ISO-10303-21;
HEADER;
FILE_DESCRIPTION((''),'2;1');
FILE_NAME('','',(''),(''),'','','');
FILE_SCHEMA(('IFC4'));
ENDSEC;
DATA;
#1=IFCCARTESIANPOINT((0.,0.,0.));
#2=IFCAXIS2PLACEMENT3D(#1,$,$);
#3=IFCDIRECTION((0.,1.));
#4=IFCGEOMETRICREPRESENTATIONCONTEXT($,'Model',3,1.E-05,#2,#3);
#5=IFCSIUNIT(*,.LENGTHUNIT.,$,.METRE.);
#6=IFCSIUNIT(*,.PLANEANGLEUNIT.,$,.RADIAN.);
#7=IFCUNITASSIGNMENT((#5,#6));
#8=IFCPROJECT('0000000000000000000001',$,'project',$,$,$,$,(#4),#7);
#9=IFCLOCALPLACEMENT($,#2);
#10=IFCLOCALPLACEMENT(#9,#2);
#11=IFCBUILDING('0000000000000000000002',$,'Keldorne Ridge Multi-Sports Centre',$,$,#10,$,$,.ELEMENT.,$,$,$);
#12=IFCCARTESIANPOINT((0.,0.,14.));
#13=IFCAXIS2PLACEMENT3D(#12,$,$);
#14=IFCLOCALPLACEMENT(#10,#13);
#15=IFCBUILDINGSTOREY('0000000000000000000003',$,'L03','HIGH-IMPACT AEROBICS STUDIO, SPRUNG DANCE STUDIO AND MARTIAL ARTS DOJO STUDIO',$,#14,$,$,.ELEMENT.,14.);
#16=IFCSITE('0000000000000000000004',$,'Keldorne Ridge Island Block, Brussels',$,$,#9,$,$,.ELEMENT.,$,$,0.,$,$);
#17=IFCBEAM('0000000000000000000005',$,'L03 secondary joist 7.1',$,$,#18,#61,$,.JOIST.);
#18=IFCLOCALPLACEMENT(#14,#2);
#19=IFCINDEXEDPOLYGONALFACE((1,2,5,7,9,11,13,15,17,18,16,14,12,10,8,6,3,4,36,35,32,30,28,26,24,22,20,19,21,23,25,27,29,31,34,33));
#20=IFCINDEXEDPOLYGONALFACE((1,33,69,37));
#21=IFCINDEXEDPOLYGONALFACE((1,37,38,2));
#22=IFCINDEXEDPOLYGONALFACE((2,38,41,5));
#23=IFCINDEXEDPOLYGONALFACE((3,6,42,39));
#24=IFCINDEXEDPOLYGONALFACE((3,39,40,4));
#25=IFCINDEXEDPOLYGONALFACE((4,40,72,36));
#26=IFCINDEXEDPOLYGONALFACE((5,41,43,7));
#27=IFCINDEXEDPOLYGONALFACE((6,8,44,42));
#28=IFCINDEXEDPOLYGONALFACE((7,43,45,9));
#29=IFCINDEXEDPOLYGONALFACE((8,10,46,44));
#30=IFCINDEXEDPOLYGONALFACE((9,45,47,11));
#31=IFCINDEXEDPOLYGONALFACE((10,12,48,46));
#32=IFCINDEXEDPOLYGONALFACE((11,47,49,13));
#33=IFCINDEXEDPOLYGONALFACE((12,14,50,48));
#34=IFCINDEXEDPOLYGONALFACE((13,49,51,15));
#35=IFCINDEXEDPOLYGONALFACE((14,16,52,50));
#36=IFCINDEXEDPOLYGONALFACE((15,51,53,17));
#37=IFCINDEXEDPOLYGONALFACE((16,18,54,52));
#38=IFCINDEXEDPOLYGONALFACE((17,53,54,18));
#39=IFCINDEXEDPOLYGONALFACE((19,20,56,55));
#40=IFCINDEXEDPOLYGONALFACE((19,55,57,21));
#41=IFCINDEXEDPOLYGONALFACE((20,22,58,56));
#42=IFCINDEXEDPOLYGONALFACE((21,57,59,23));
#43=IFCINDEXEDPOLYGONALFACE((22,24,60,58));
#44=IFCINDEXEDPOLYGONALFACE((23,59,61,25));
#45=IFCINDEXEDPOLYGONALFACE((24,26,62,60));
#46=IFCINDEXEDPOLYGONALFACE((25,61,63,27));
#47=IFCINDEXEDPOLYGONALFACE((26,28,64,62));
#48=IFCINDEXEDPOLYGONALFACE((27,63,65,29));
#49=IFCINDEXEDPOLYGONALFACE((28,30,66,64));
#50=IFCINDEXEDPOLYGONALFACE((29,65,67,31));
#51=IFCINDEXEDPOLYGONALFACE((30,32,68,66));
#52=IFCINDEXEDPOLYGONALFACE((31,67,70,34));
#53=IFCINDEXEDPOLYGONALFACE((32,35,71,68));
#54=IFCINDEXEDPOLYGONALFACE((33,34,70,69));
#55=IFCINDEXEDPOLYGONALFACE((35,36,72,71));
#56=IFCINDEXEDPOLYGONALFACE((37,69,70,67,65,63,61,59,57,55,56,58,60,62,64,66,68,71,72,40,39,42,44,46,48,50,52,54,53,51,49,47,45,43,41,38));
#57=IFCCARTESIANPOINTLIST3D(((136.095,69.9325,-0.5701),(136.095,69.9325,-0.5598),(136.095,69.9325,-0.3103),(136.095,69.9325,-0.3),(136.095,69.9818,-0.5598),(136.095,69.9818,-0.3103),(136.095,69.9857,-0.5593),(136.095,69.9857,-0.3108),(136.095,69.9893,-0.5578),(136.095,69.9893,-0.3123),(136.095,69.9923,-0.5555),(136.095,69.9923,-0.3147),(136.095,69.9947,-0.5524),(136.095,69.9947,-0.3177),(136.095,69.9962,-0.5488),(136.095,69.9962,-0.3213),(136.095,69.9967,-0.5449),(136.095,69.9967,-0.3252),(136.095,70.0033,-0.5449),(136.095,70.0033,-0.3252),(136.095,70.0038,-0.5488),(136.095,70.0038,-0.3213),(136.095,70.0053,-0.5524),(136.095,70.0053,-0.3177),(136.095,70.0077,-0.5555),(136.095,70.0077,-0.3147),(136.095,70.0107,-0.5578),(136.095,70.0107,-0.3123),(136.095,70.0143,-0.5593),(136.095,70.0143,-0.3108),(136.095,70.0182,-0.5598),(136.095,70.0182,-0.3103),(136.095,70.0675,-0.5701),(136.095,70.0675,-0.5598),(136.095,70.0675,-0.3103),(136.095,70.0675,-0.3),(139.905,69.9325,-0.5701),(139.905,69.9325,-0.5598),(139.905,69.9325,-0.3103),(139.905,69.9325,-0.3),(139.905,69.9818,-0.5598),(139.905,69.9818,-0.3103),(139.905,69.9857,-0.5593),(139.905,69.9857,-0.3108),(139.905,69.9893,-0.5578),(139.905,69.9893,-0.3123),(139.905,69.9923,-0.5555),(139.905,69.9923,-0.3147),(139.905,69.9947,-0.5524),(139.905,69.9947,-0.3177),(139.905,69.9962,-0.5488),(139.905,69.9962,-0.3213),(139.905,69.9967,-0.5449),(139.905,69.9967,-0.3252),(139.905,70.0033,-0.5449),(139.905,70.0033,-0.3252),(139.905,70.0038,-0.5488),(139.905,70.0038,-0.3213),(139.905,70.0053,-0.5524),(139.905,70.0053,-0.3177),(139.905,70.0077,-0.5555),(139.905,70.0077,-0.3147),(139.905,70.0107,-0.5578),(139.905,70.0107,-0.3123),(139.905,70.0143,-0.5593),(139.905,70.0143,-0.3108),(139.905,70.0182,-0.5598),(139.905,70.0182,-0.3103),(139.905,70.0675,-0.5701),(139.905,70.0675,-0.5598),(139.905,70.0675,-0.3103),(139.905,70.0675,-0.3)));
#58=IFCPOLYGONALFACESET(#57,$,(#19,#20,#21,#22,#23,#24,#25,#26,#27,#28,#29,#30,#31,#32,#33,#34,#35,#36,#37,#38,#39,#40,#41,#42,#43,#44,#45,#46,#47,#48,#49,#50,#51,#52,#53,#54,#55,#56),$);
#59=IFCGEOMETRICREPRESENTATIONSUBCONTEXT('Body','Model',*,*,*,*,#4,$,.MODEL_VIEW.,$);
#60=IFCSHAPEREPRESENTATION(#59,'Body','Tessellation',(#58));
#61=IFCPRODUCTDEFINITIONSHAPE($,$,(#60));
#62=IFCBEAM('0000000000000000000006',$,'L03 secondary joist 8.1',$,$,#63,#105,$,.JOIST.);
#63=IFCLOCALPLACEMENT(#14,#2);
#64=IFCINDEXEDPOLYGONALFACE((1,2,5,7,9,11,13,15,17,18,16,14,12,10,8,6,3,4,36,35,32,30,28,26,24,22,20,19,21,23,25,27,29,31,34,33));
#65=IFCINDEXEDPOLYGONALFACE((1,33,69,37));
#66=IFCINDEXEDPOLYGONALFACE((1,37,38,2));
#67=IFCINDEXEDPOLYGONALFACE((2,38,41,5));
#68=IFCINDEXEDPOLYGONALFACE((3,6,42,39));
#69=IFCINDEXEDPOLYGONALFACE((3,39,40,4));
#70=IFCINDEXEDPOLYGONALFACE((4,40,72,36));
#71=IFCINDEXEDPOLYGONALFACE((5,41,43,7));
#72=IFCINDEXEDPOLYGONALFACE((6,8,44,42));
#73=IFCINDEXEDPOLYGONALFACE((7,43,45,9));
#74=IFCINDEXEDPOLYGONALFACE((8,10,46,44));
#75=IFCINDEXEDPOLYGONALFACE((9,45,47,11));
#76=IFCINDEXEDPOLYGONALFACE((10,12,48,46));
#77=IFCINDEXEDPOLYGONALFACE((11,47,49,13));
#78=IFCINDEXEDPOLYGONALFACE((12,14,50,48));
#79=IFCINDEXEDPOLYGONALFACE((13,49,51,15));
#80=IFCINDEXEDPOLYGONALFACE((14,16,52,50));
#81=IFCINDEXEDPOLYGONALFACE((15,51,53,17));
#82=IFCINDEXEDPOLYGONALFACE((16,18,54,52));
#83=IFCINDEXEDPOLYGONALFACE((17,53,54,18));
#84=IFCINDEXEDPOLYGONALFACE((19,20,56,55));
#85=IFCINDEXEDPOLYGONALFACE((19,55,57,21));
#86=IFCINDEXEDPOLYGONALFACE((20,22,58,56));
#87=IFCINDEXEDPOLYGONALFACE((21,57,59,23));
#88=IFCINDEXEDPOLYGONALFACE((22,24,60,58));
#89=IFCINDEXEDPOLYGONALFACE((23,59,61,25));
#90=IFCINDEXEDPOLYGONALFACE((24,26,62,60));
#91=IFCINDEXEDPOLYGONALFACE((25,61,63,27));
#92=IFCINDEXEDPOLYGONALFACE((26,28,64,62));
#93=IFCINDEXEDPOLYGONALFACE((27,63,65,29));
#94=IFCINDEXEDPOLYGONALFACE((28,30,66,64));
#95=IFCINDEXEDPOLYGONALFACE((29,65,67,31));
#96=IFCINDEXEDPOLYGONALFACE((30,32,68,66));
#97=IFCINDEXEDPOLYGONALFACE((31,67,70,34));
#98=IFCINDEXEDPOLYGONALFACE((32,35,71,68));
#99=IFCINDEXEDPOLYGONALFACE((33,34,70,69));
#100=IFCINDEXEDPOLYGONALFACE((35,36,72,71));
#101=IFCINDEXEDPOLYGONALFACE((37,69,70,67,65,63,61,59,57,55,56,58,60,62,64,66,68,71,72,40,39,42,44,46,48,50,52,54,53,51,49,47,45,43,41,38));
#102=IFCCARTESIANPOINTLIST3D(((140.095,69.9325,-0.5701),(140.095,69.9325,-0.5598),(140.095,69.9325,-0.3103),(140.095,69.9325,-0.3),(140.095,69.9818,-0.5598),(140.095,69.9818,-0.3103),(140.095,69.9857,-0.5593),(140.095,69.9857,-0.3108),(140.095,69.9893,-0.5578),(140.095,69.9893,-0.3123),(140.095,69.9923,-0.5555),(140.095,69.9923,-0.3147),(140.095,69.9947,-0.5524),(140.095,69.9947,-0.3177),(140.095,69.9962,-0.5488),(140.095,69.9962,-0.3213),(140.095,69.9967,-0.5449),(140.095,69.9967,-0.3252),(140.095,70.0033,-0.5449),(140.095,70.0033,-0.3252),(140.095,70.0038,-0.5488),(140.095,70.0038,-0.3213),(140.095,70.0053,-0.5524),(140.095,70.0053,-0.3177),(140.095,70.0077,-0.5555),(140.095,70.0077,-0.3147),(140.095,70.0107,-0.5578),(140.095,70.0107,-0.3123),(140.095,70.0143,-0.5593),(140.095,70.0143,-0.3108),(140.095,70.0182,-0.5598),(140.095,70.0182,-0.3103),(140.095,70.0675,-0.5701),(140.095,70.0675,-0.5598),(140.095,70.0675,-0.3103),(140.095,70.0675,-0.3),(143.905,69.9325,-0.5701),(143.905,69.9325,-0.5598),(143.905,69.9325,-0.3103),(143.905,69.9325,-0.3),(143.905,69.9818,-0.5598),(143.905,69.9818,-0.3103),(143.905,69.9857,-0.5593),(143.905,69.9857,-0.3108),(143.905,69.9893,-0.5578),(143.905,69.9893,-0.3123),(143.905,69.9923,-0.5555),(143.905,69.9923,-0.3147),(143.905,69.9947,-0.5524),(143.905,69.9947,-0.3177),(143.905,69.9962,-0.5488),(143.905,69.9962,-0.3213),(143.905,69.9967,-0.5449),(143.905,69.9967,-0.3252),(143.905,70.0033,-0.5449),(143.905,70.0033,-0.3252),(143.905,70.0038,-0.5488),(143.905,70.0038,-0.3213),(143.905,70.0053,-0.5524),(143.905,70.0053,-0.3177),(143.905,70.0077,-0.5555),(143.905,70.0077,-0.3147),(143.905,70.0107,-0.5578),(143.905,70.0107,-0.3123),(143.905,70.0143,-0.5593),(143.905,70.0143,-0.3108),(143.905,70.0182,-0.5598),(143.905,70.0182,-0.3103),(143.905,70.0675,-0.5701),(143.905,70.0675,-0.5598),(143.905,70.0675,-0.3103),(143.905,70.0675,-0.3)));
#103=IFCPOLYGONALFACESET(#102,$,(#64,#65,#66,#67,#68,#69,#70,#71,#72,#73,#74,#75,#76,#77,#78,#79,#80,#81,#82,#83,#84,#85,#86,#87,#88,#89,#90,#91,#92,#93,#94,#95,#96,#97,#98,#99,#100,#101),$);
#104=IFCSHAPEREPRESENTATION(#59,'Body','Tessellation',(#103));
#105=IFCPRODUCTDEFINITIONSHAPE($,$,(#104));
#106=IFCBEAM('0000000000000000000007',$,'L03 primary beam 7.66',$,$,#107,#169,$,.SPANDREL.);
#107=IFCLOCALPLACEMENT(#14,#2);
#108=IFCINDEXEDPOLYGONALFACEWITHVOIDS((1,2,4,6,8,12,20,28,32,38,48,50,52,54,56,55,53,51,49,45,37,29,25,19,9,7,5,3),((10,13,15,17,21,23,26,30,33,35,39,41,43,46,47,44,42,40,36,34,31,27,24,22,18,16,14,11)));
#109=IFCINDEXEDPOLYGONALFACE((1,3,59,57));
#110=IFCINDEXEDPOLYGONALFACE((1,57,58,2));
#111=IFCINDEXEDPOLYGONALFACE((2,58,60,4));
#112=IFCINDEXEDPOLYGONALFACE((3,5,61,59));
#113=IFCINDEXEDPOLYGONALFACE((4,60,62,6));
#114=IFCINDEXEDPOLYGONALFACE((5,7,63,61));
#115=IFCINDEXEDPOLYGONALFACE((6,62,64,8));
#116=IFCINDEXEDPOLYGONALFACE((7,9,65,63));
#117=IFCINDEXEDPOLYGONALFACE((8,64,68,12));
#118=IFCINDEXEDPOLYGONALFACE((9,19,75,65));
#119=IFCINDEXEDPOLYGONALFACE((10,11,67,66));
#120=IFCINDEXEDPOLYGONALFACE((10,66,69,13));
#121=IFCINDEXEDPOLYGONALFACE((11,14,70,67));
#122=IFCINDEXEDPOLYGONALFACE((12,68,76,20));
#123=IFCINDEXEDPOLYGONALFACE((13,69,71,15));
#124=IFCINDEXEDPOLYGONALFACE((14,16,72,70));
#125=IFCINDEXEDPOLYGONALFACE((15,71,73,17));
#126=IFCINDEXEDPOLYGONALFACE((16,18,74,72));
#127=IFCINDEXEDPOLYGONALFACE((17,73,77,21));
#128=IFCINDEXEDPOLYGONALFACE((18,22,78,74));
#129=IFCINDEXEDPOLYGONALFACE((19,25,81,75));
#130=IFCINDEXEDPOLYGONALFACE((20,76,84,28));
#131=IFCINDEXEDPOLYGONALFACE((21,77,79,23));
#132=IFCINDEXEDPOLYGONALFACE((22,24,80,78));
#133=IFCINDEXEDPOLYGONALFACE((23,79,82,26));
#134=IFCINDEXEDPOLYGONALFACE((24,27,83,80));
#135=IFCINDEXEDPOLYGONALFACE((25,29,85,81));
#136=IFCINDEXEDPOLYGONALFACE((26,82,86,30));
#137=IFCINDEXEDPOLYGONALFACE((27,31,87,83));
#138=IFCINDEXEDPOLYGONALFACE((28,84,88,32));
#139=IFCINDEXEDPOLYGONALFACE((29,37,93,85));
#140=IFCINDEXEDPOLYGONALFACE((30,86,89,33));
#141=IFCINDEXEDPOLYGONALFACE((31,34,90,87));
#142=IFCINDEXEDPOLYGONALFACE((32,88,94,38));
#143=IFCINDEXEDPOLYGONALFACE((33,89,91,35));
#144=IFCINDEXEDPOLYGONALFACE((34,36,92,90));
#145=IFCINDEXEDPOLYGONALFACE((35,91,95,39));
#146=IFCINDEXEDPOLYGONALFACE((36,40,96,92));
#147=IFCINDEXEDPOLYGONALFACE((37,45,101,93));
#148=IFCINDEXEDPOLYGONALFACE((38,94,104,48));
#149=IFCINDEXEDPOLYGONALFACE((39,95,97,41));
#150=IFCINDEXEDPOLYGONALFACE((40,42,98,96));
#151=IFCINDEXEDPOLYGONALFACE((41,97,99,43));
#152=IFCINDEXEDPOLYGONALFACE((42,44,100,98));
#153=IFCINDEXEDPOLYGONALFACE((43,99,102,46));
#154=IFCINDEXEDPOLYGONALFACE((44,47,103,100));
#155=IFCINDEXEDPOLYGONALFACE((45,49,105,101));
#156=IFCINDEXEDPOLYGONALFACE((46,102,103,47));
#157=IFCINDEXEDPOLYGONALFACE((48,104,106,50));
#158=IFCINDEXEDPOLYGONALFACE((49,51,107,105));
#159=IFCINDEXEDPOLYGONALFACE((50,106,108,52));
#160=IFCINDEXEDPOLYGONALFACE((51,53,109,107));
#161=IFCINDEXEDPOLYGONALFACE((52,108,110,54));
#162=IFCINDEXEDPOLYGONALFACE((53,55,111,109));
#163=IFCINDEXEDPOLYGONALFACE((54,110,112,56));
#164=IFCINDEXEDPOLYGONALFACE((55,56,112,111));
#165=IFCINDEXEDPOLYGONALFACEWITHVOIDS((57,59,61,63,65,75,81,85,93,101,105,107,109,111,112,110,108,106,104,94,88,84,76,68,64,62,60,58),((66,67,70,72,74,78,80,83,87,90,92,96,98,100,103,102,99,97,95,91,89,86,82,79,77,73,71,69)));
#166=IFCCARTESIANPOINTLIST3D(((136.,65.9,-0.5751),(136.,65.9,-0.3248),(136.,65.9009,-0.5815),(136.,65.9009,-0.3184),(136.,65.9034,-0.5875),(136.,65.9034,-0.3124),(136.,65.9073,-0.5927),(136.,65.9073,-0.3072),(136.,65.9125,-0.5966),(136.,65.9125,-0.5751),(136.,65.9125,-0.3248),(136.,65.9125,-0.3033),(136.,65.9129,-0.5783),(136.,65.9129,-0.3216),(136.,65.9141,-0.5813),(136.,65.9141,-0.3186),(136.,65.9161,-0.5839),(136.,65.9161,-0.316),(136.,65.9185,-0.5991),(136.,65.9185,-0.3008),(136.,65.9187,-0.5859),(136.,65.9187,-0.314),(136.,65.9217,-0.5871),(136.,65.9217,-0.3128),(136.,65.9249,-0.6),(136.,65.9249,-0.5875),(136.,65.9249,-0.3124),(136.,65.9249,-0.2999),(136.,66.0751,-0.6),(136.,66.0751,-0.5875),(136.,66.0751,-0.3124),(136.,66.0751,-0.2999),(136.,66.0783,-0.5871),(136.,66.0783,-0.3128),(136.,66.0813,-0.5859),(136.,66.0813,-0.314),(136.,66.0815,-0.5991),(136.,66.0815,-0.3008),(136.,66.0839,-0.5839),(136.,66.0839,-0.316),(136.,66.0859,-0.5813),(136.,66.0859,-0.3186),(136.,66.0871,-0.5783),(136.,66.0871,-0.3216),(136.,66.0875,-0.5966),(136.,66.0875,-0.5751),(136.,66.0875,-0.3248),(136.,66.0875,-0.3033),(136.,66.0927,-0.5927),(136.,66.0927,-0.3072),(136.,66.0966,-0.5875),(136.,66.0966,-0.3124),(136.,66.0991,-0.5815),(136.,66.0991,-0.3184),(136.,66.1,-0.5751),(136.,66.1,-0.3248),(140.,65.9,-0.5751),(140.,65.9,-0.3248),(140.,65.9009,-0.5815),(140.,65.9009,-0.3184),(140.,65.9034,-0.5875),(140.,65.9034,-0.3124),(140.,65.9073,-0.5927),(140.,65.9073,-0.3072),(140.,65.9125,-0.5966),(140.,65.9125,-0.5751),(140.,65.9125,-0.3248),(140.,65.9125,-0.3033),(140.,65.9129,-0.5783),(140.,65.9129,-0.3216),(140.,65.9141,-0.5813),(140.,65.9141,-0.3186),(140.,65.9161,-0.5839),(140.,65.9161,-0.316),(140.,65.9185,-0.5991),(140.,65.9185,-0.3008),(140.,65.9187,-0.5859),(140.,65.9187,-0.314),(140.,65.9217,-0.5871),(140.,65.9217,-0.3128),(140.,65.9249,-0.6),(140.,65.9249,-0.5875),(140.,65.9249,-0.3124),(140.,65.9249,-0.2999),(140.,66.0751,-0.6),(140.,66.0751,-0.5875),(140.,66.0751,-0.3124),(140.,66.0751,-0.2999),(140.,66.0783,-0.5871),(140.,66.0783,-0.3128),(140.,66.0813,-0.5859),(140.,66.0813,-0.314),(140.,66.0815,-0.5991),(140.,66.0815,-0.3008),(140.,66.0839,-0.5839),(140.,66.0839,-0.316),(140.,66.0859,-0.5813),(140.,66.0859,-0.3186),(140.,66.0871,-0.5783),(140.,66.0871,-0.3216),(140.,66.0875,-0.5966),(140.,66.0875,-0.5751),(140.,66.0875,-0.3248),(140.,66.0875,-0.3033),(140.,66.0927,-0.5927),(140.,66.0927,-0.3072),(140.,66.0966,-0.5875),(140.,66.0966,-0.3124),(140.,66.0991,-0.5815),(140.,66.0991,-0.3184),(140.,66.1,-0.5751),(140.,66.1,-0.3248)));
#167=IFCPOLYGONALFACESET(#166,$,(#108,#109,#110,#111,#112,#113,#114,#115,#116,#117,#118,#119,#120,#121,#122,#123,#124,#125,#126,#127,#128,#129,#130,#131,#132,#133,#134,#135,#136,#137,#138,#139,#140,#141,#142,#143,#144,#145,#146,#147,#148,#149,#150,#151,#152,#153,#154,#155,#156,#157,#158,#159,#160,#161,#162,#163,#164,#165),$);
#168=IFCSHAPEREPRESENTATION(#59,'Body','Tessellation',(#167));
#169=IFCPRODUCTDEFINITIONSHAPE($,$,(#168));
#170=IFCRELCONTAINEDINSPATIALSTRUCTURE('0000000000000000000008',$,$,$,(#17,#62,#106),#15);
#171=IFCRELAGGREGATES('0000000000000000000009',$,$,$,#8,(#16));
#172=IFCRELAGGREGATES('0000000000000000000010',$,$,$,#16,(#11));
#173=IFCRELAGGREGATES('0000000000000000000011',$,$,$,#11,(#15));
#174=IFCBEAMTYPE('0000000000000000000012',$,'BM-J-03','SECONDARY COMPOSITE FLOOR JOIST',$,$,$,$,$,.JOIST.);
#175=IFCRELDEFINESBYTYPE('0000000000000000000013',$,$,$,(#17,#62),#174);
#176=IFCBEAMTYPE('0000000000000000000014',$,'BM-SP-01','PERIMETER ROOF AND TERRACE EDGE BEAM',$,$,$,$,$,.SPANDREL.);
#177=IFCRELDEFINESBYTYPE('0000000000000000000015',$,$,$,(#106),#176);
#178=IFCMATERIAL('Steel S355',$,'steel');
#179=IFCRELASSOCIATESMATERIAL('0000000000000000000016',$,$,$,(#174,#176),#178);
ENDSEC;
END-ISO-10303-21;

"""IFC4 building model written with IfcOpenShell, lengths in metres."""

from ifc_helpers import new_model, si_unit, direction, frame, origin, origin_2d, place, context, subcontext, project, spatial, hollow_rectangle, i_section, extrude, material, material_profile, profile_set, type_object, element, save


model = new_model("IFC4")

# Units and contexts
model_context = context("Model", 3, precision=1e-05, world=origin(), true_north=direction((0.0, 1.0)))
body_context = subcontext(model_context, "Body", "Model", "MODEL_VIEW")
ifc_project = project(units=[si_unit("LENGTHUNIT", "METRE"), si_unit("PLANEANGLEUNIT", "RADIAN")], contexts=[model_context])

# Site, building, storey
site_placement = place(None, origin())
site = spatial("IfcSite", under=ifc_project, at=site_placement, Name="Keldorne Ridge Island Block, Brussels", CompositionType="ELEMENT", RefElevation=0.0)
building_placement = place(site_placement, origin())
building = spatial("IfcBuilding", under=site, at=building_placement, Name="Keldorne Ridge Multi-Sports Centre", CompositionType="ELEMENT")
storey_placement = place(building_placement, frame((0.0, 0.0, 14.0)))
storey = spatial("IfcBuildingStorey", under=building, at=storey_placement, Name="L03", Description="HIGH-IMPACT AEROBICS STUDIO, SPRUNG DANCE STUDIO AND MARTIAL ARTS DOJO STUDIO", CompositionType="ELEMENT", Elevation=14.0)

# Shared definitions
ifc_material_1 = material(Name="Steel S355", Category="steel")

# Beams
ifc_material_profile_1 = material_profile(ifc_material_1, i_section(OverallWidth=0.135, OverallDepth=0.27, WebThickness=0.0066, FlangeThickness=0.0103, FilletRadius=0.0149, at=origin_2d()), Name="IPE 270")
ifc_profile_set_1 = profile_set([ifc_material_profile_1], Name="Steel S355")
beam_type_1 = type_object("IfcBeamType", Name="BM-J-03", Description="SECONDARY COMPOSITE FLOOR JOIST", PredefinedType="JOIST", material=ifc_profile_set_1)
for number, where, z_axis, x_axis, name in (
    (1, (136.095, 70.0, -0.4351), (1.0, 0.0, 0.0), (0.0, 1.0, 0.0), "L03 secondary joist 7.1"),
    (2, (140.095, 70.0, -0.4351), (1.0, 0.0, 0.0), (0.0, 1.0, 0.0), "L03 secondary joist 8.1"),
):
    element("IfcBeam", number, at=place(storey_placement, frame(where, z_axis=z_axis, x_axis=x_axis)), inside=storey, type_object=beam_type_1, Name=name, PredefinedType="JOIST", context=body_context, shape_type="SweptSolid", body=[
        extrude(i_section(OverallWidth=0.135, OverallDepth=0.27, WebThickness=0.0066, FlangeThickness=0.0103, FilletRadius=0.0149, at=origin_2d()), origin(), (0.0, 0.0, 1.0), 3.8101),
    ])
ifc_material_profile_2 = material_profile(ifc_material_1, hollow_rectangle(XDim=0.2, YDim=0.3, WallThickness=0.0125, InnerFilletRadius=0.0125, OuterFilletRadius=0.0249, at=origin_2d()), Name="RHS 300x200x12.5")
ifc_profile_set_2 = profile_set([ifc_material_profile_2], Name="Steel S355")
beam_type_2 = type_object("IfcBeamType", Name="BM-SP-01", Description="PERIMETER ROOF AND TERRACE EDGE BEAM", PredefinedType="SPANDREL", material=ifc_profile_set_2)
for number, where, z_axis, x_axis, name in (
    (3, (136.0, 66.0, -0.45), (1.0, 0.0, 0.0), (0.0, 1.0, 0.0), "L03 primary beam 7.66"),
):
    element("IfcBeam", number, at=place(storey_placement, frame(where, z_axis=z_axis, x_axis=x_axis)), inside=storey, type_object=beam_type_2, Name=name, PredefinedType="SPANDREL", context=body_context, shape_type="SweptSolid", body=[
        extrude(hollow_rectangle(XDim=0.2, YDim=0.3, WallThickness=0.0125, InnerFilletRadius=0.0125, OuterFilletRadius=0.0249, at=origin_2d()), origin(), (0.0, 0.0, 1.0), 4.0),
    ])

save(model, "model.ifc")
